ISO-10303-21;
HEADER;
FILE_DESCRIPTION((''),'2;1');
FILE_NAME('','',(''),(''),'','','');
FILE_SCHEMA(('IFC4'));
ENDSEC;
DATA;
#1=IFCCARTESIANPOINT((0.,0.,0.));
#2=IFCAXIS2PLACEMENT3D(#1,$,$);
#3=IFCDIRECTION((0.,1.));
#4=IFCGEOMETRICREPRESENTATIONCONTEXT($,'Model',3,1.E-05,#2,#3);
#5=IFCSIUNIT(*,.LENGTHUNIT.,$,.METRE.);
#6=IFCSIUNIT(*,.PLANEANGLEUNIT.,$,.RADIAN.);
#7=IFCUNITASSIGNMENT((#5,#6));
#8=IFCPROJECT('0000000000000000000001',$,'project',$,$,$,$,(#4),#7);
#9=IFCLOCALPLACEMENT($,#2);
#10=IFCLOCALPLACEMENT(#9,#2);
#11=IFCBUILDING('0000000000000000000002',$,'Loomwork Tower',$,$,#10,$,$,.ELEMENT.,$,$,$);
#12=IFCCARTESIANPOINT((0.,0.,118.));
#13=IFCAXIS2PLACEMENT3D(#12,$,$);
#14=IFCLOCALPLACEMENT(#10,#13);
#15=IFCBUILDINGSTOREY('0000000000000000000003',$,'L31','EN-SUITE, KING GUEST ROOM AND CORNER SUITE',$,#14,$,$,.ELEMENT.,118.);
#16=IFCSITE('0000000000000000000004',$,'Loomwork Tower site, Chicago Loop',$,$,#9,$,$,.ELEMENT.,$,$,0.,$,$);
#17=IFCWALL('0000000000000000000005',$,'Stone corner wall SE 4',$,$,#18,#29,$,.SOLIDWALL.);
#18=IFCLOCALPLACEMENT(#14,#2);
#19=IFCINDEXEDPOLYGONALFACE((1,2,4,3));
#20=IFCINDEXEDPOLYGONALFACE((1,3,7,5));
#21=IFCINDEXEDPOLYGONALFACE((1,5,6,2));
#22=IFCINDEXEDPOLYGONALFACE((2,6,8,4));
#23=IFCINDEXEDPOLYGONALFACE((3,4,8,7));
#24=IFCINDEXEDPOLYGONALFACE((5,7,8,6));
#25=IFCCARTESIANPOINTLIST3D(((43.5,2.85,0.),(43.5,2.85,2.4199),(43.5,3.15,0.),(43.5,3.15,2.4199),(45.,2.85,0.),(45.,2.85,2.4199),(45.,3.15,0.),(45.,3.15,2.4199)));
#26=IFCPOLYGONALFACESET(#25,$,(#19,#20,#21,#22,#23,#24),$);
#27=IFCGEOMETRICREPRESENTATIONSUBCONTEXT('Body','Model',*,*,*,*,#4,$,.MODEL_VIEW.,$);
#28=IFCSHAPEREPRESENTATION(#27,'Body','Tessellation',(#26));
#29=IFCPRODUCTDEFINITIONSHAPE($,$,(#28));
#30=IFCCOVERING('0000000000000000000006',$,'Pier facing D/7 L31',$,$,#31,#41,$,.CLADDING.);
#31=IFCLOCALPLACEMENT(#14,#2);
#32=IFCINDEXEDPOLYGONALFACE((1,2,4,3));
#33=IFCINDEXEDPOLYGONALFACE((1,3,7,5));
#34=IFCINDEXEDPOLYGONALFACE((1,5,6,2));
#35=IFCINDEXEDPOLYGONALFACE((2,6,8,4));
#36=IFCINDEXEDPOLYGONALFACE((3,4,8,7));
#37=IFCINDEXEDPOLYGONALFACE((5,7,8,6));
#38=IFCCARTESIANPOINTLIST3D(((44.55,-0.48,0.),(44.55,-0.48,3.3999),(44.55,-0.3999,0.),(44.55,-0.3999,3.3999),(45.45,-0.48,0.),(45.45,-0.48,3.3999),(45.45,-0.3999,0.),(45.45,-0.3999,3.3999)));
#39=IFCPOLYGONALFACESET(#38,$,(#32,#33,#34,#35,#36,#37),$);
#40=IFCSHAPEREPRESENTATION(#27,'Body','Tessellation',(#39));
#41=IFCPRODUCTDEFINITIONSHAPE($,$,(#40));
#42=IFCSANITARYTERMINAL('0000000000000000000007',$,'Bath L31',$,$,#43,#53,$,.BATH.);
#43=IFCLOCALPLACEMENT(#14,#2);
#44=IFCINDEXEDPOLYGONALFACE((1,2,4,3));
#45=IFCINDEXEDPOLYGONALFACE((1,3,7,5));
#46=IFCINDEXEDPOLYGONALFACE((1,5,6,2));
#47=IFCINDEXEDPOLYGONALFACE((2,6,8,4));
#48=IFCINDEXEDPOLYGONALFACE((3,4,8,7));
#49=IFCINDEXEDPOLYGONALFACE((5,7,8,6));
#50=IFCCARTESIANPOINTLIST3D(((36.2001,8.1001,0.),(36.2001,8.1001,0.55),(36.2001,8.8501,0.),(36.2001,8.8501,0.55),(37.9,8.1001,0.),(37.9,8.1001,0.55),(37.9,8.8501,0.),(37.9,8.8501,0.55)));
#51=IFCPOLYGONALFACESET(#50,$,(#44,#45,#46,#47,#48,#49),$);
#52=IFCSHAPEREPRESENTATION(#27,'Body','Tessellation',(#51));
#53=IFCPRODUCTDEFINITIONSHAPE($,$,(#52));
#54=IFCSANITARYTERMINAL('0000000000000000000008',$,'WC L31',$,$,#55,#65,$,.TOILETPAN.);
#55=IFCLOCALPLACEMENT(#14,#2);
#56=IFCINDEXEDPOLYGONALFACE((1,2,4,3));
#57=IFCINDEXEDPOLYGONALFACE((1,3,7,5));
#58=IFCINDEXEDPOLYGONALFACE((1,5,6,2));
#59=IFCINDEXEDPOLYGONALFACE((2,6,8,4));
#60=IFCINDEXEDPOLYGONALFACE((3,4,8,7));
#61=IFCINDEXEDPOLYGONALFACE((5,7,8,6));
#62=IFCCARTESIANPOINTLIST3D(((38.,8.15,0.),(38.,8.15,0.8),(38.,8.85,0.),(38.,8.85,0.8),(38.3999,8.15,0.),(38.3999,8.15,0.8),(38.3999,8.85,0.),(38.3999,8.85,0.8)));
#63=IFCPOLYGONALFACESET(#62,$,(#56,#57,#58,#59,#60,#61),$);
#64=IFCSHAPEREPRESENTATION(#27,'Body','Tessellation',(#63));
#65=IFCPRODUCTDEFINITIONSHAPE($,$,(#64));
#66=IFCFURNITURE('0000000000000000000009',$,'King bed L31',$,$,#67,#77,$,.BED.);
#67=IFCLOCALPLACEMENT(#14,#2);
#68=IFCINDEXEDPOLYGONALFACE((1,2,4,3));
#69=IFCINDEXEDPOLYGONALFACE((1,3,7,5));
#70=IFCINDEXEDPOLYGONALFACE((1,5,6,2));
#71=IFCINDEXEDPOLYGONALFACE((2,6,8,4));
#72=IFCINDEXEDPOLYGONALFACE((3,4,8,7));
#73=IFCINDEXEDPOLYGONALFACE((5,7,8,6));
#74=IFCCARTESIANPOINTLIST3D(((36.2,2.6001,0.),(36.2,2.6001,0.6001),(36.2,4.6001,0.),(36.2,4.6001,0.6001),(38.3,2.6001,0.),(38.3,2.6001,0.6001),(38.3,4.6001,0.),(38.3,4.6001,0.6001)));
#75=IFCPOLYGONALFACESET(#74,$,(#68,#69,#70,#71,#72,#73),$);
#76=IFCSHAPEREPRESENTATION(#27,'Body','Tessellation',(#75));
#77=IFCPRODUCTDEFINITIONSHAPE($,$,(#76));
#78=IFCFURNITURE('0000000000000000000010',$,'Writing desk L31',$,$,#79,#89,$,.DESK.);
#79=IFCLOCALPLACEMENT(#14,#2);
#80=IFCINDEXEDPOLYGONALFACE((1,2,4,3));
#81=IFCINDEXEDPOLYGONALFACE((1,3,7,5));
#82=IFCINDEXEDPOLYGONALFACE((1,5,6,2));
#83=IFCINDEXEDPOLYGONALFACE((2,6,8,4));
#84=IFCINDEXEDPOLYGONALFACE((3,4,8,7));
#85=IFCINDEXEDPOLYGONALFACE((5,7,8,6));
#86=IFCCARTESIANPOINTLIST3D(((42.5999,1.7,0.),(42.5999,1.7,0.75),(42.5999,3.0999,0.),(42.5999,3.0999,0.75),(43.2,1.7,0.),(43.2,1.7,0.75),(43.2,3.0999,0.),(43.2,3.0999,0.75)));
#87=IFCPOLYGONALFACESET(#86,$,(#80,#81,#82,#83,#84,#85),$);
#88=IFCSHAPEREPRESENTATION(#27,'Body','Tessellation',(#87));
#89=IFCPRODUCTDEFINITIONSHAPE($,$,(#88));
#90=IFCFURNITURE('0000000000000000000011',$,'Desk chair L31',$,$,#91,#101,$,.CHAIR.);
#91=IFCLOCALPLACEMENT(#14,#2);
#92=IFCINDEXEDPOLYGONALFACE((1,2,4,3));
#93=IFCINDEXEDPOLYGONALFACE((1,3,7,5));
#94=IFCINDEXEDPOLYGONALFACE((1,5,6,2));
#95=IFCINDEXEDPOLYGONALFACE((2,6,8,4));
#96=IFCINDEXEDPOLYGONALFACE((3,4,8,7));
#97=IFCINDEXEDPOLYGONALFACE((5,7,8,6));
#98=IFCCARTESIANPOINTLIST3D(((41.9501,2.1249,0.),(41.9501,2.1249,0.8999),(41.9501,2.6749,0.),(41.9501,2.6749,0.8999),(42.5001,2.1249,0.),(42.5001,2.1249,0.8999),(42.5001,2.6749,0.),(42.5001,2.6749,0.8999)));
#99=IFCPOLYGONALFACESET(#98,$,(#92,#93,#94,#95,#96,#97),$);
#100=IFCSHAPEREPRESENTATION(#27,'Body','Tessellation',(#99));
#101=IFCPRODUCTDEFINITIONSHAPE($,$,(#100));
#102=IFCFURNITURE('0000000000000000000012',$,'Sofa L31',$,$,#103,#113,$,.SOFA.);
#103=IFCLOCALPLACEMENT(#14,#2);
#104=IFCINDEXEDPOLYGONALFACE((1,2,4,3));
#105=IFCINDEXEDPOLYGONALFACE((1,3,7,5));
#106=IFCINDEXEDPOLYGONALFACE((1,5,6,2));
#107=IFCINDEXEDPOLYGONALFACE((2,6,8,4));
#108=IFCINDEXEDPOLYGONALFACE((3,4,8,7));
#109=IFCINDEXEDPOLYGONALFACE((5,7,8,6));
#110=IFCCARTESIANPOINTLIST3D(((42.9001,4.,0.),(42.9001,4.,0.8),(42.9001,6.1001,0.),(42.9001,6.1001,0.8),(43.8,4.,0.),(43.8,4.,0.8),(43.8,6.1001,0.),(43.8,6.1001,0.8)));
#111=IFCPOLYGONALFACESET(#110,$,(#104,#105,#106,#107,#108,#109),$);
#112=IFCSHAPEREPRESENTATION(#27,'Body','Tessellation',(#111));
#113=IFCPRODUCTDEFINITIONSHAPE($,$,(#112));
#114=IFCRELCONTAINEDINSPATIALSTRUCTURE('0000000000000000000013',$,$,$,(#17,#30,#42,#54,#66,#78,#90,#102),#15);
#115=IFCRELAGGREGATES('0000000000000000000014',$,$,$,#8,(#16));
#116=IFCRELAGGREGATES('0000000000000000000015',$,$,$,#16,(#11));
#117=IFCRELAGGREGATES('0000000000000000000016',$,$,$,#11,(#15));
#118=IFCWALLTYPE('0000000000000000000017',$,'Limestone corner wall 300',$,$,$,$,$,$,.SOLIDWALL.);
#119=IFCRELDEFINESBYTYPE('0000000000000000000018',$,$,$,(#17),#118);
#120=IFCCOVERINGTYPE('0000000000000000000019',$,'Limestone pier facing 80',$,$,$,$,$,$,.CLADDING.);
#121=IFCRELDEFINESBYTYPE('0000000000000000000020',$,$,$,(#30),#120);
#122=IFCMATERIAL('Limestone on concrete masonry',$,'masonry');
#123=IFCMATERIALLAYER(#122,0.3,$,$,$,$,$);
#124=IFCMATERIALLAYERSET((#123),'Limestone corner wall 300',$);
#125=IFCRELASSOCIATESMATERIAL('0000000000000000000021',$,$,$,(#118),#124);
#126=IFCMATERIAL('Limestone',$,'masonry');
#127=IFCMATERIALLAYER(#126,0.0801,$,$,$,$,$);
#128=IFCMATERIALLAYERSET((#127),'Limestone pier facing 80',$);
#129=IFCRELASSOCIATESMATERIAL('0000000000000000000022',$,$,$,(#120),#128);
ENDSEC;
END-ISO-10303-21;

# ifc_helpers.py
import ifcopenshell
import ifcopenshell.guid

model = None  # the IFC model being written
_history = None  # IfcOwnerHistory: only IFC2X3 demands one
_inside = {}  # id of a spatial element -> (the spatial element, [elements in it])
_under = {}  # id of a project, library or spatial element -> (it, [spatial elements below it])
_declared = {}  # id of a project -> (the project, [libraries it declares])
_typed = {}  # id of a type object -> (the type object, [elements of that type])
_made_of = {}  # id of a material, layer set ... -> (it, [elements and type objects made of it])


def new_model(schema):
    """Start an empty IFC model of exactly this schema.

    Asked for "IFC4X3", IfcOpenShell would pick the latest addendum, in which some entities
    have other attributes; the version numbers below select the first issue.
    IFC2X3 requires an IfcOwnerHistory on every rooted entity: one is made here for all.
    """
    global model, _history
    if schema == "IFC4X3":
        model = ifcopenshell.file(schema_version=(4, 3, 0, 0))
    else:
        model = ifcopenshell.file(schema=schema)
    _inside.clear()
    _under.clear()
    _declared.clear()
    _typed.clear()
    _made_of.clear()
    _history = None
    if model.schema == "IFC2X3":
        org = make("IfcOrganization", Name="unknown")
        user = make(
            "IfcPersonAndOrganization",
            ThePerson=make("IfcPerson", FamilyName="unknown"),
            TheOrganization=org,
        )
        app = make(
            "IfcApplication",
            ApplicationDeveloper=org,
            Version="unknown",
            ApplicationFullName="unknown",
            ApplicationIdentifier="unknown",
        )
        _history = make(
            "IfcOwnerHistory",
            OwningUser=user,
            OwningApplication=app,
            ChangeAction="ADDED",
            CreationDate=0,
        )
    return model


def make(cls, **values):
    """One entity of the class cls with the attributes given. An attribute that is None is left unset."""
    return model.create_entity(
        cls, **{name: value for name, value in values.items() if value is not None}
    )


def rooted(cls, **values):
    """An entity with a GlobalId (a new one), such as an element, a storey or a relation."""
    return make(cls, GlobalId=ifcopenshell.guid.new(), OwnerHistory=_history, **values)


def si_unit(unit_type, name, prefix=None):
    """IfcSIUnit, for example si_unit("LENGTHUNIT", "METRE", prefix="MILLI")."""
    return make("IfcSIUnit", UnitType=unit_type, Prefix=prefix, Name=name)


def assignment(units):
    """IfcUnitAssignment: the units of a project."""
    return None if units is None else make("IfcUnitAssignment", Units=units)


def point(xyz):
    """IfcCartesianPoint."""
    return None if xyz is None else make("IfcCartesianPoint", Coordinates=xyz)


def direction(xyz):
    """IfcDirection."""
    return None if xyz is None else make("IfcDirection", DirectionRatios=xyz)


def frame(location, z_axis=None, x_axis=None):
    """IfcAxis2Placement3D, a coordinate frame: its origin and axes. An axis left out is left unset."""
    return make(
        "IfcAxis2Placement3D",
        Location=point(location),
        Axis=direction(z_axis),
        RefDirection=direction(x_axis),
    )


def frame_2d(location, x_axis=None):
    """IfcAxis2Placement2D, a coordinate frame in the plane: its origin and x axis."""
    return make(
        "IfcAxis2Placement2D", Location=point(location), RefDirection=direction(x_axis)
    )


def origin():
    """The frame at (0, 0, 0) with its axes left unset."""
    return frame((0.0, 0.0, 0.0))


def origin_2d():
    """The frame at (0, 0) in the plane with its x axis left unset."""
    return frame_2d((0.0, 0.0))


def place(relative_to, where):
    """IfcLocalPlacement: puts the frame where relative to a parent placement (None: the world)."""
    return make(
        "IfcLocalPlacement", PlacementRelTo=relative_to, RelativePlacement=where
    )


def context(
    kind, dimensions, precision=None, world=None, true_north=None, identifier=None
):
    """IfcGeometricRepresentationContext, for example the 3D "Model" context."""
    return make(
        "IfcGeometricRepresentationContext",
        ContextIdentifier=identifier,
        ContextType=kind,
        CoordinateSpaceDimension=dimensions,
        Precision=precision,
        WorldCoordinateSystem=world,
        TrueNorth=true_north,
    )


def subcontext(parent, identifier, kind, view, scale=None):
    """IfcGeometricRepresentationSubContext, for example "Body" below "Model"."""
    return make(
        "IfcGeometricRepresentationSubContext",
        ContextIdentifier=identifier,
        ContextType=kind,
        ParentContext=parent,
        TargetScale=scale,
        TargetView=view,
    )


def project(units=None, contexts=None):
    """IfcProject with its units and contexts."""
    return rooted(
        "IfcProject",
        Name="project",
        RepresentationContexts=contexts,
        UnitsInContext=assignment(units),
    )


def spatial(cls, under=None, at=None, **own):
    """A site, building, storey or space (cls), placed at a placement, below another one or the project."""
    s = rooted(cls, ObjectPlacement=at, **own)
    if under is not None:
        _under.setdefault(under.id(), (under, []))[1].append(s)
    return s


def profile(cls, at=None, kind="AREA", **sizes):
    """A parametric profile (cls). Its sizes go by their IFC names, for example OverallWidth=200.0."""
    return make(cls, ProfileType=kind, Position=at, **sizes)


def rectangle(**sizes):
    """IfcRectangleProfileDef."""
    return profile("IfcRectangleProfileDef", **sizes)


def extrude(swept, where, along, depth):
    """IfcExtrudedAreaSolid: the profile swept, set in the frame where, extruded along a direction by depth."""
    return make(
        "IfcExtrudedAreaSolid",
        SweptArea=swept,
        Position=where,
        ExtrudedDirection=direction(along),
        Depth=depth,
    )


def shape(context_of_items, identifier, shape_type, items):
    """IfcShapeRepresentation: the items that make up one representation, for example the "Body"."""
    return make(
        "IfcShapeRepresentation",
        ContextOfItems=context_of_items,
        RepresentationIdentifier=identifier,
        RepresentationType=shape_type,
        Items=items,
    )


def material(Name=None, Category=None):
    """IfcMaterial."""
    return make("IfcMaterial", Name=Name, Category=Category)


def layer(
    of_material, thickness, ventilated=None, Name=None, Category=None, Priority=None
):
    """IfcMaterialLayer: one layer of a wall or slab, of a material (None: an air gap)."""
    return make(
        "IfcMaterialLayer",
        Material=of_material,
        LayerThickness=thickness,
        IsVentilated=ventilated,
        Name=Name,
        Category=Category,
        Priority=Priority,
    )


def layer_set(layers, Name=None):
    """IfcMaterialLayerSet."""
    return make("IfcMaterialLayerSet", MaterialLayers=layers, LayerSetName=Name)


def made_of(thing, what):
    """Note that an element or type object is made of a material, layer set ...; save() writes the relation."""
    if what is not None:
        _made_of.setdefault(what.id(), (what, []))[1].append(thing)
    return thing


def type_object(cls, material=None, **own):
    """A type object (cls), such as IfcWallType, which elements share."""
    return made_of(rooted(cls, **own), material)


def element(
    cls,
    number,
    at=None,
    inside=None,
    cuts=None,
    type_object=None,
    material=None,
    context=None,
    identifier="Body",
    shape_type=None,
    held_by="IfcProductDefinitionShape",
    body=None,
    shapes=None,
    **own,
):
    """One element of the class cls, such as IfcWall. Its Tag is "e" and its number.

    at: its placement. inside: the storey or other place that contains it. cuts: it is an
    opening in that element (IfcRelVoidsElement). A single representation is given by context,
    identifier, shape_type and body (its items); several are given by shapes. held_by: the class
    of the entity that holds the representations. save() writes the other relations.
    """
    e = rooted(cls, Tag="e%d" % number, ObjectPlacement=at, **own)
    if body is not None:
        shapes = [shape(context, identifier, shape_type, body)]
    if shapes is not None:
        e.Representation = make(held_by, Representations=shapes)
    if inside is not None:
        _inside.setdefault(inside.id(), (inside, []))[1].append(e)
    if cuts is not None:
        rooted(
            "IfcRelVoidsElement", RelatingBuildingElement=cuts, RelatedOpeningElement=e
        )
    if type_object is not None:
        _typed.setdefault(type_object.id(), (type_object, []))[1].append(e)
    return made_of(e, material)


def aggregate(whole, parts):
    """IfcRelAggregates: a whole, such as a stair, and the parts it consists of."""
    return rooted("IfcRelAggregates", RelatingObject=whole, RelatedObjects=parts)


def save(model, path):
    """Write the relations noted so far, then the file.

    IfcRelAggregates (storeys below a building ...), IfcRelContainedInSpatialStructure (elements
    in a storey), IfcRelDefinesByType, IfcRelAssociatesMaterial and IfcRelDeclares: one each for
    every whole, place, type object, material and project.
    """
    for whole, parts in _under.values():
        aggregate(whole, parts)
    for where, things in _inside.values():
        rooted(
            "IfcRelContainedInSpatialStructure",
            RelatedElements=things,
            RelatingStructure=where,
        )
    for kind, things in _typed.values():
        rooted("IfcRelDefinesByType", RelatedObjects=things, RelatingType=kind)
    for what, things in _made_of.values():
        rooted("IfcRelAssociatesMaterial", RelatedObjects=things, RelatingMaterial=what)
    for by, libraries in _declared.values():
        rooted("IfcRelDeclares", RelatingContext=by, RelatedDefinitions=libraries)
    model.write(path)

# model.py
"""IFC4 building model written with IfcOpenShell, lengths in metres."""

from ifc_helpers import new_model, si_unit, direction, frame, frame_2d, origin, origin_2d, place, context, subcontext, project, spatial, rectangle, extrude, material, layer, layer_set, type_object, element, save


model = new_model("IFC4")

# Units and contexts
model_context = context("Model", 3, precision=1e-05, world=origin(), true_north=direction((0.0, 1.0)))
body_context = subcontext(model_context, "Body", "Model", "MODEL_VIEW")
ifc_project = project(units=[si_unit("LENGTHUNIT", "METRE"), si_unit("PLANEANGLEUNIT", "RADIAN")], contexts=[model_context])

# Site, building, storey
site_placement = place(None, origin())
site = spatial("IfcSite", under=ifc_project, at=site_placement, Name="Loomwork Tower site, Chicago Loop", CompositionType="ELEMENT", RefElevation=0.0)
building_placement = place(site_placement, origin())
building = spatial("IfcBuilding", under=site, at=building_placement, Name="Loomwork Tower", CompositionType="ELEMENT")
storey_placement = place(building_placement, frame((0.0, 0.0, 118.0)))
storey = spatial("IfcBuildingStorey", under=building, at=storey_placement, Name="L31", Description="EN-SUITE, KING GUEST ROOM AND CORNER SUITE", CompositionType="ELEMENT", Elevation=118.0)

# Shared definitions
ifc_material_1 = material(Name="Limestone on concrete masonry", Category="masonry")
ifc_layer_1 = layer(ifc_material_1, 0.3)
ifc_layer_set_1 = layer_set([ifc_layer_1], Name="Limestone corner wall 300")
wall_type_1 = type_object("IfcWallType", Name="Limestone corner wall 300", PredefinedType="SOLIDWALL", material=ifc_layer_set_1)

# Wall
wall_1_placement = place(storey_placement, frame((43.5, 3.0, 0.0), z_axis=(0.0, 0.0, 1.0), x_axis=(1.0, 0.0, 0.0)))
element("IfcWall", 1, at=wall_1_placement, inside=storey, type_object=wall_type_1, Name="Stone corner wall SE 4", PredefinedType="SOLIDWALL", context=body_context, shape_type="SweptSolid", body=[
    extrude(rectangle(XDim=1.5, YDim=0.3, at=frame_2d((0.75, 0.0))), origin(), (0.0, 0.0, 1.0), 2.4199),
])

# Covering
ifc_material_2 = material(Name="Limestone", Category="masonry")
ifc_layer_2 = layer(ifc_material_2, 0.0801)
ifc_layer_set_2 = layer_set([ifc_layer_2], Name="Limestone pier facing 80")
covering_type = type_object("IfcCoveringType", Name="Limestone pier facing 80", PredefinedType="CLADDING", material=ifc_layer_set_2)
covering_placement = place(storey_placement, frame((45.0, -0.4399, 0.0), z_axis=(0.0, 0.0, 1.0), x_axis=(1.0, 0.0, 0.0)))
element("IfcCovering", 2, at=covering_placement, inside=storey, type_object=covering_type, Name="Pier facing D/7 L31", PredefinedType="CLADDING", context=body_context, shape_type="SweptSolid", body=[
    extrude(rectangle(XDim=0.8999, YDim=0.0801, at=origin_2d()), origin(), (0.0, 0.0, 1.0), 3.3999),
])

# Sanitary terminals
sanitary_terminal_1_placement = place(storey_placement, frame((37.05, 8.4751, 0.0), z_axis=(0.0, 0.0, 1.0), x_axis=(1.0, 0.0, 0.0)))
element("IfcSanitaryTerminal", 3, at=sanitary_terminal_1_placement, inside=storey, Name="Bath L31", PredefinedType="BATH", context=body_context, shape_type="SweptSolid", body=[
    extrude(rectangle(XDim=1.7, YDim=0.75, at=origin_2d()), origin(), (0.0, 0.0, 1.0), 0.55),
])
sanitary_terminal_2_placement = place(storey_placement, frame((38.2, 8.5, 0.0), z_axis=(0.0, 0.0, 1.0), x_axis=(1.0, 0.0, 0.0)))
element("IfcSanitaryTerminal", 4, at=sanitary_terminal_2_placement, inside=storey, Name="WC L31", PredefinedType="TOILETPAN", context=body_context, shape_type="SweptSolid", body=[
    extrude(rectangle(XDim=0.3999, YDim=0.7, at=origin_2d()), origin(), (0.0, 0.0, 1.0), 0.8),
])

# Furniture
furniture_1_placement = place(storey_placement, frame((37.25, 3.6001, 0.0), z_axis=(0.0, 0.0, 1.0), x_axis=(1.0, 0.0, 0.0)))
element("IfcFurniture", 5, at=furniture_1_placement, inside=storey, Name="King bed L31", PredefinedType="BED", context=body_context, shape_type="SweptSolid", body=[
    extrude(rectangle(XDim=2.1001, YDim=2.0, at=origin_2d()), origin(), (0.0, 0.0, 1.0), 0.6001),
])
furniture_2_placement = place(storey_placement, frame((42.8999, 2.3999, 0.0), z_axis=(0.0, 0.0, 1.0), x_axis=(1.0, 0.0, 0.0)))
element("IfcFurniture", 6, at=furniture_2_placement, inside=storey, Name="Writing desk L31", PredefinedType="DESK", context=body_context, shape_type="SweptSolid", body=[
    extrude(rectangle(XDim=0.6001, YDim=1.3999, at=origin_2d()), origin(), (0.0, 0.0, 1.0), 0.75),
])
furniture_3_placement = place(storey_placement, frame((42.2251, 2.3999, 0.0), z_axis=(0.0, 0.0, 1.0), x_axis=(1.0, 0.0, 0.0)))
element("IfcFurniture", 7, at=furniture_3_placement, inside=storey, Name="Desk chair L31", PredefinedType="CHAIR", context=body_context, shape_type="SweptSolid", body=[
    extrude(rectangle(XDim=0.55, YDim=0.55, at=origin_2d()), origin(), (0.0, 0.0, 1.0), 0.8999),
])
furniture_4_placement = place(storey_placement, frame((43.3501, 5.05, 0.0), z_axis=(0.0, 0.0, 1.0), x_axis=(1.0, 0.0, 0.0)))
element("IfcFurniture", 8, at=furniture_4_placement, inside=storey, Name="Sofa L31", PredefinedType="SOFA", context=body_context, shape_type="SweptSolid", body=[
    extrude(rectangle(XDim=0.8999, YDim=2.1001, at=origin_2d()), origin(), (0.0, 0.0, 1.0), 0.8),
])

save(model, "model.ifc")
